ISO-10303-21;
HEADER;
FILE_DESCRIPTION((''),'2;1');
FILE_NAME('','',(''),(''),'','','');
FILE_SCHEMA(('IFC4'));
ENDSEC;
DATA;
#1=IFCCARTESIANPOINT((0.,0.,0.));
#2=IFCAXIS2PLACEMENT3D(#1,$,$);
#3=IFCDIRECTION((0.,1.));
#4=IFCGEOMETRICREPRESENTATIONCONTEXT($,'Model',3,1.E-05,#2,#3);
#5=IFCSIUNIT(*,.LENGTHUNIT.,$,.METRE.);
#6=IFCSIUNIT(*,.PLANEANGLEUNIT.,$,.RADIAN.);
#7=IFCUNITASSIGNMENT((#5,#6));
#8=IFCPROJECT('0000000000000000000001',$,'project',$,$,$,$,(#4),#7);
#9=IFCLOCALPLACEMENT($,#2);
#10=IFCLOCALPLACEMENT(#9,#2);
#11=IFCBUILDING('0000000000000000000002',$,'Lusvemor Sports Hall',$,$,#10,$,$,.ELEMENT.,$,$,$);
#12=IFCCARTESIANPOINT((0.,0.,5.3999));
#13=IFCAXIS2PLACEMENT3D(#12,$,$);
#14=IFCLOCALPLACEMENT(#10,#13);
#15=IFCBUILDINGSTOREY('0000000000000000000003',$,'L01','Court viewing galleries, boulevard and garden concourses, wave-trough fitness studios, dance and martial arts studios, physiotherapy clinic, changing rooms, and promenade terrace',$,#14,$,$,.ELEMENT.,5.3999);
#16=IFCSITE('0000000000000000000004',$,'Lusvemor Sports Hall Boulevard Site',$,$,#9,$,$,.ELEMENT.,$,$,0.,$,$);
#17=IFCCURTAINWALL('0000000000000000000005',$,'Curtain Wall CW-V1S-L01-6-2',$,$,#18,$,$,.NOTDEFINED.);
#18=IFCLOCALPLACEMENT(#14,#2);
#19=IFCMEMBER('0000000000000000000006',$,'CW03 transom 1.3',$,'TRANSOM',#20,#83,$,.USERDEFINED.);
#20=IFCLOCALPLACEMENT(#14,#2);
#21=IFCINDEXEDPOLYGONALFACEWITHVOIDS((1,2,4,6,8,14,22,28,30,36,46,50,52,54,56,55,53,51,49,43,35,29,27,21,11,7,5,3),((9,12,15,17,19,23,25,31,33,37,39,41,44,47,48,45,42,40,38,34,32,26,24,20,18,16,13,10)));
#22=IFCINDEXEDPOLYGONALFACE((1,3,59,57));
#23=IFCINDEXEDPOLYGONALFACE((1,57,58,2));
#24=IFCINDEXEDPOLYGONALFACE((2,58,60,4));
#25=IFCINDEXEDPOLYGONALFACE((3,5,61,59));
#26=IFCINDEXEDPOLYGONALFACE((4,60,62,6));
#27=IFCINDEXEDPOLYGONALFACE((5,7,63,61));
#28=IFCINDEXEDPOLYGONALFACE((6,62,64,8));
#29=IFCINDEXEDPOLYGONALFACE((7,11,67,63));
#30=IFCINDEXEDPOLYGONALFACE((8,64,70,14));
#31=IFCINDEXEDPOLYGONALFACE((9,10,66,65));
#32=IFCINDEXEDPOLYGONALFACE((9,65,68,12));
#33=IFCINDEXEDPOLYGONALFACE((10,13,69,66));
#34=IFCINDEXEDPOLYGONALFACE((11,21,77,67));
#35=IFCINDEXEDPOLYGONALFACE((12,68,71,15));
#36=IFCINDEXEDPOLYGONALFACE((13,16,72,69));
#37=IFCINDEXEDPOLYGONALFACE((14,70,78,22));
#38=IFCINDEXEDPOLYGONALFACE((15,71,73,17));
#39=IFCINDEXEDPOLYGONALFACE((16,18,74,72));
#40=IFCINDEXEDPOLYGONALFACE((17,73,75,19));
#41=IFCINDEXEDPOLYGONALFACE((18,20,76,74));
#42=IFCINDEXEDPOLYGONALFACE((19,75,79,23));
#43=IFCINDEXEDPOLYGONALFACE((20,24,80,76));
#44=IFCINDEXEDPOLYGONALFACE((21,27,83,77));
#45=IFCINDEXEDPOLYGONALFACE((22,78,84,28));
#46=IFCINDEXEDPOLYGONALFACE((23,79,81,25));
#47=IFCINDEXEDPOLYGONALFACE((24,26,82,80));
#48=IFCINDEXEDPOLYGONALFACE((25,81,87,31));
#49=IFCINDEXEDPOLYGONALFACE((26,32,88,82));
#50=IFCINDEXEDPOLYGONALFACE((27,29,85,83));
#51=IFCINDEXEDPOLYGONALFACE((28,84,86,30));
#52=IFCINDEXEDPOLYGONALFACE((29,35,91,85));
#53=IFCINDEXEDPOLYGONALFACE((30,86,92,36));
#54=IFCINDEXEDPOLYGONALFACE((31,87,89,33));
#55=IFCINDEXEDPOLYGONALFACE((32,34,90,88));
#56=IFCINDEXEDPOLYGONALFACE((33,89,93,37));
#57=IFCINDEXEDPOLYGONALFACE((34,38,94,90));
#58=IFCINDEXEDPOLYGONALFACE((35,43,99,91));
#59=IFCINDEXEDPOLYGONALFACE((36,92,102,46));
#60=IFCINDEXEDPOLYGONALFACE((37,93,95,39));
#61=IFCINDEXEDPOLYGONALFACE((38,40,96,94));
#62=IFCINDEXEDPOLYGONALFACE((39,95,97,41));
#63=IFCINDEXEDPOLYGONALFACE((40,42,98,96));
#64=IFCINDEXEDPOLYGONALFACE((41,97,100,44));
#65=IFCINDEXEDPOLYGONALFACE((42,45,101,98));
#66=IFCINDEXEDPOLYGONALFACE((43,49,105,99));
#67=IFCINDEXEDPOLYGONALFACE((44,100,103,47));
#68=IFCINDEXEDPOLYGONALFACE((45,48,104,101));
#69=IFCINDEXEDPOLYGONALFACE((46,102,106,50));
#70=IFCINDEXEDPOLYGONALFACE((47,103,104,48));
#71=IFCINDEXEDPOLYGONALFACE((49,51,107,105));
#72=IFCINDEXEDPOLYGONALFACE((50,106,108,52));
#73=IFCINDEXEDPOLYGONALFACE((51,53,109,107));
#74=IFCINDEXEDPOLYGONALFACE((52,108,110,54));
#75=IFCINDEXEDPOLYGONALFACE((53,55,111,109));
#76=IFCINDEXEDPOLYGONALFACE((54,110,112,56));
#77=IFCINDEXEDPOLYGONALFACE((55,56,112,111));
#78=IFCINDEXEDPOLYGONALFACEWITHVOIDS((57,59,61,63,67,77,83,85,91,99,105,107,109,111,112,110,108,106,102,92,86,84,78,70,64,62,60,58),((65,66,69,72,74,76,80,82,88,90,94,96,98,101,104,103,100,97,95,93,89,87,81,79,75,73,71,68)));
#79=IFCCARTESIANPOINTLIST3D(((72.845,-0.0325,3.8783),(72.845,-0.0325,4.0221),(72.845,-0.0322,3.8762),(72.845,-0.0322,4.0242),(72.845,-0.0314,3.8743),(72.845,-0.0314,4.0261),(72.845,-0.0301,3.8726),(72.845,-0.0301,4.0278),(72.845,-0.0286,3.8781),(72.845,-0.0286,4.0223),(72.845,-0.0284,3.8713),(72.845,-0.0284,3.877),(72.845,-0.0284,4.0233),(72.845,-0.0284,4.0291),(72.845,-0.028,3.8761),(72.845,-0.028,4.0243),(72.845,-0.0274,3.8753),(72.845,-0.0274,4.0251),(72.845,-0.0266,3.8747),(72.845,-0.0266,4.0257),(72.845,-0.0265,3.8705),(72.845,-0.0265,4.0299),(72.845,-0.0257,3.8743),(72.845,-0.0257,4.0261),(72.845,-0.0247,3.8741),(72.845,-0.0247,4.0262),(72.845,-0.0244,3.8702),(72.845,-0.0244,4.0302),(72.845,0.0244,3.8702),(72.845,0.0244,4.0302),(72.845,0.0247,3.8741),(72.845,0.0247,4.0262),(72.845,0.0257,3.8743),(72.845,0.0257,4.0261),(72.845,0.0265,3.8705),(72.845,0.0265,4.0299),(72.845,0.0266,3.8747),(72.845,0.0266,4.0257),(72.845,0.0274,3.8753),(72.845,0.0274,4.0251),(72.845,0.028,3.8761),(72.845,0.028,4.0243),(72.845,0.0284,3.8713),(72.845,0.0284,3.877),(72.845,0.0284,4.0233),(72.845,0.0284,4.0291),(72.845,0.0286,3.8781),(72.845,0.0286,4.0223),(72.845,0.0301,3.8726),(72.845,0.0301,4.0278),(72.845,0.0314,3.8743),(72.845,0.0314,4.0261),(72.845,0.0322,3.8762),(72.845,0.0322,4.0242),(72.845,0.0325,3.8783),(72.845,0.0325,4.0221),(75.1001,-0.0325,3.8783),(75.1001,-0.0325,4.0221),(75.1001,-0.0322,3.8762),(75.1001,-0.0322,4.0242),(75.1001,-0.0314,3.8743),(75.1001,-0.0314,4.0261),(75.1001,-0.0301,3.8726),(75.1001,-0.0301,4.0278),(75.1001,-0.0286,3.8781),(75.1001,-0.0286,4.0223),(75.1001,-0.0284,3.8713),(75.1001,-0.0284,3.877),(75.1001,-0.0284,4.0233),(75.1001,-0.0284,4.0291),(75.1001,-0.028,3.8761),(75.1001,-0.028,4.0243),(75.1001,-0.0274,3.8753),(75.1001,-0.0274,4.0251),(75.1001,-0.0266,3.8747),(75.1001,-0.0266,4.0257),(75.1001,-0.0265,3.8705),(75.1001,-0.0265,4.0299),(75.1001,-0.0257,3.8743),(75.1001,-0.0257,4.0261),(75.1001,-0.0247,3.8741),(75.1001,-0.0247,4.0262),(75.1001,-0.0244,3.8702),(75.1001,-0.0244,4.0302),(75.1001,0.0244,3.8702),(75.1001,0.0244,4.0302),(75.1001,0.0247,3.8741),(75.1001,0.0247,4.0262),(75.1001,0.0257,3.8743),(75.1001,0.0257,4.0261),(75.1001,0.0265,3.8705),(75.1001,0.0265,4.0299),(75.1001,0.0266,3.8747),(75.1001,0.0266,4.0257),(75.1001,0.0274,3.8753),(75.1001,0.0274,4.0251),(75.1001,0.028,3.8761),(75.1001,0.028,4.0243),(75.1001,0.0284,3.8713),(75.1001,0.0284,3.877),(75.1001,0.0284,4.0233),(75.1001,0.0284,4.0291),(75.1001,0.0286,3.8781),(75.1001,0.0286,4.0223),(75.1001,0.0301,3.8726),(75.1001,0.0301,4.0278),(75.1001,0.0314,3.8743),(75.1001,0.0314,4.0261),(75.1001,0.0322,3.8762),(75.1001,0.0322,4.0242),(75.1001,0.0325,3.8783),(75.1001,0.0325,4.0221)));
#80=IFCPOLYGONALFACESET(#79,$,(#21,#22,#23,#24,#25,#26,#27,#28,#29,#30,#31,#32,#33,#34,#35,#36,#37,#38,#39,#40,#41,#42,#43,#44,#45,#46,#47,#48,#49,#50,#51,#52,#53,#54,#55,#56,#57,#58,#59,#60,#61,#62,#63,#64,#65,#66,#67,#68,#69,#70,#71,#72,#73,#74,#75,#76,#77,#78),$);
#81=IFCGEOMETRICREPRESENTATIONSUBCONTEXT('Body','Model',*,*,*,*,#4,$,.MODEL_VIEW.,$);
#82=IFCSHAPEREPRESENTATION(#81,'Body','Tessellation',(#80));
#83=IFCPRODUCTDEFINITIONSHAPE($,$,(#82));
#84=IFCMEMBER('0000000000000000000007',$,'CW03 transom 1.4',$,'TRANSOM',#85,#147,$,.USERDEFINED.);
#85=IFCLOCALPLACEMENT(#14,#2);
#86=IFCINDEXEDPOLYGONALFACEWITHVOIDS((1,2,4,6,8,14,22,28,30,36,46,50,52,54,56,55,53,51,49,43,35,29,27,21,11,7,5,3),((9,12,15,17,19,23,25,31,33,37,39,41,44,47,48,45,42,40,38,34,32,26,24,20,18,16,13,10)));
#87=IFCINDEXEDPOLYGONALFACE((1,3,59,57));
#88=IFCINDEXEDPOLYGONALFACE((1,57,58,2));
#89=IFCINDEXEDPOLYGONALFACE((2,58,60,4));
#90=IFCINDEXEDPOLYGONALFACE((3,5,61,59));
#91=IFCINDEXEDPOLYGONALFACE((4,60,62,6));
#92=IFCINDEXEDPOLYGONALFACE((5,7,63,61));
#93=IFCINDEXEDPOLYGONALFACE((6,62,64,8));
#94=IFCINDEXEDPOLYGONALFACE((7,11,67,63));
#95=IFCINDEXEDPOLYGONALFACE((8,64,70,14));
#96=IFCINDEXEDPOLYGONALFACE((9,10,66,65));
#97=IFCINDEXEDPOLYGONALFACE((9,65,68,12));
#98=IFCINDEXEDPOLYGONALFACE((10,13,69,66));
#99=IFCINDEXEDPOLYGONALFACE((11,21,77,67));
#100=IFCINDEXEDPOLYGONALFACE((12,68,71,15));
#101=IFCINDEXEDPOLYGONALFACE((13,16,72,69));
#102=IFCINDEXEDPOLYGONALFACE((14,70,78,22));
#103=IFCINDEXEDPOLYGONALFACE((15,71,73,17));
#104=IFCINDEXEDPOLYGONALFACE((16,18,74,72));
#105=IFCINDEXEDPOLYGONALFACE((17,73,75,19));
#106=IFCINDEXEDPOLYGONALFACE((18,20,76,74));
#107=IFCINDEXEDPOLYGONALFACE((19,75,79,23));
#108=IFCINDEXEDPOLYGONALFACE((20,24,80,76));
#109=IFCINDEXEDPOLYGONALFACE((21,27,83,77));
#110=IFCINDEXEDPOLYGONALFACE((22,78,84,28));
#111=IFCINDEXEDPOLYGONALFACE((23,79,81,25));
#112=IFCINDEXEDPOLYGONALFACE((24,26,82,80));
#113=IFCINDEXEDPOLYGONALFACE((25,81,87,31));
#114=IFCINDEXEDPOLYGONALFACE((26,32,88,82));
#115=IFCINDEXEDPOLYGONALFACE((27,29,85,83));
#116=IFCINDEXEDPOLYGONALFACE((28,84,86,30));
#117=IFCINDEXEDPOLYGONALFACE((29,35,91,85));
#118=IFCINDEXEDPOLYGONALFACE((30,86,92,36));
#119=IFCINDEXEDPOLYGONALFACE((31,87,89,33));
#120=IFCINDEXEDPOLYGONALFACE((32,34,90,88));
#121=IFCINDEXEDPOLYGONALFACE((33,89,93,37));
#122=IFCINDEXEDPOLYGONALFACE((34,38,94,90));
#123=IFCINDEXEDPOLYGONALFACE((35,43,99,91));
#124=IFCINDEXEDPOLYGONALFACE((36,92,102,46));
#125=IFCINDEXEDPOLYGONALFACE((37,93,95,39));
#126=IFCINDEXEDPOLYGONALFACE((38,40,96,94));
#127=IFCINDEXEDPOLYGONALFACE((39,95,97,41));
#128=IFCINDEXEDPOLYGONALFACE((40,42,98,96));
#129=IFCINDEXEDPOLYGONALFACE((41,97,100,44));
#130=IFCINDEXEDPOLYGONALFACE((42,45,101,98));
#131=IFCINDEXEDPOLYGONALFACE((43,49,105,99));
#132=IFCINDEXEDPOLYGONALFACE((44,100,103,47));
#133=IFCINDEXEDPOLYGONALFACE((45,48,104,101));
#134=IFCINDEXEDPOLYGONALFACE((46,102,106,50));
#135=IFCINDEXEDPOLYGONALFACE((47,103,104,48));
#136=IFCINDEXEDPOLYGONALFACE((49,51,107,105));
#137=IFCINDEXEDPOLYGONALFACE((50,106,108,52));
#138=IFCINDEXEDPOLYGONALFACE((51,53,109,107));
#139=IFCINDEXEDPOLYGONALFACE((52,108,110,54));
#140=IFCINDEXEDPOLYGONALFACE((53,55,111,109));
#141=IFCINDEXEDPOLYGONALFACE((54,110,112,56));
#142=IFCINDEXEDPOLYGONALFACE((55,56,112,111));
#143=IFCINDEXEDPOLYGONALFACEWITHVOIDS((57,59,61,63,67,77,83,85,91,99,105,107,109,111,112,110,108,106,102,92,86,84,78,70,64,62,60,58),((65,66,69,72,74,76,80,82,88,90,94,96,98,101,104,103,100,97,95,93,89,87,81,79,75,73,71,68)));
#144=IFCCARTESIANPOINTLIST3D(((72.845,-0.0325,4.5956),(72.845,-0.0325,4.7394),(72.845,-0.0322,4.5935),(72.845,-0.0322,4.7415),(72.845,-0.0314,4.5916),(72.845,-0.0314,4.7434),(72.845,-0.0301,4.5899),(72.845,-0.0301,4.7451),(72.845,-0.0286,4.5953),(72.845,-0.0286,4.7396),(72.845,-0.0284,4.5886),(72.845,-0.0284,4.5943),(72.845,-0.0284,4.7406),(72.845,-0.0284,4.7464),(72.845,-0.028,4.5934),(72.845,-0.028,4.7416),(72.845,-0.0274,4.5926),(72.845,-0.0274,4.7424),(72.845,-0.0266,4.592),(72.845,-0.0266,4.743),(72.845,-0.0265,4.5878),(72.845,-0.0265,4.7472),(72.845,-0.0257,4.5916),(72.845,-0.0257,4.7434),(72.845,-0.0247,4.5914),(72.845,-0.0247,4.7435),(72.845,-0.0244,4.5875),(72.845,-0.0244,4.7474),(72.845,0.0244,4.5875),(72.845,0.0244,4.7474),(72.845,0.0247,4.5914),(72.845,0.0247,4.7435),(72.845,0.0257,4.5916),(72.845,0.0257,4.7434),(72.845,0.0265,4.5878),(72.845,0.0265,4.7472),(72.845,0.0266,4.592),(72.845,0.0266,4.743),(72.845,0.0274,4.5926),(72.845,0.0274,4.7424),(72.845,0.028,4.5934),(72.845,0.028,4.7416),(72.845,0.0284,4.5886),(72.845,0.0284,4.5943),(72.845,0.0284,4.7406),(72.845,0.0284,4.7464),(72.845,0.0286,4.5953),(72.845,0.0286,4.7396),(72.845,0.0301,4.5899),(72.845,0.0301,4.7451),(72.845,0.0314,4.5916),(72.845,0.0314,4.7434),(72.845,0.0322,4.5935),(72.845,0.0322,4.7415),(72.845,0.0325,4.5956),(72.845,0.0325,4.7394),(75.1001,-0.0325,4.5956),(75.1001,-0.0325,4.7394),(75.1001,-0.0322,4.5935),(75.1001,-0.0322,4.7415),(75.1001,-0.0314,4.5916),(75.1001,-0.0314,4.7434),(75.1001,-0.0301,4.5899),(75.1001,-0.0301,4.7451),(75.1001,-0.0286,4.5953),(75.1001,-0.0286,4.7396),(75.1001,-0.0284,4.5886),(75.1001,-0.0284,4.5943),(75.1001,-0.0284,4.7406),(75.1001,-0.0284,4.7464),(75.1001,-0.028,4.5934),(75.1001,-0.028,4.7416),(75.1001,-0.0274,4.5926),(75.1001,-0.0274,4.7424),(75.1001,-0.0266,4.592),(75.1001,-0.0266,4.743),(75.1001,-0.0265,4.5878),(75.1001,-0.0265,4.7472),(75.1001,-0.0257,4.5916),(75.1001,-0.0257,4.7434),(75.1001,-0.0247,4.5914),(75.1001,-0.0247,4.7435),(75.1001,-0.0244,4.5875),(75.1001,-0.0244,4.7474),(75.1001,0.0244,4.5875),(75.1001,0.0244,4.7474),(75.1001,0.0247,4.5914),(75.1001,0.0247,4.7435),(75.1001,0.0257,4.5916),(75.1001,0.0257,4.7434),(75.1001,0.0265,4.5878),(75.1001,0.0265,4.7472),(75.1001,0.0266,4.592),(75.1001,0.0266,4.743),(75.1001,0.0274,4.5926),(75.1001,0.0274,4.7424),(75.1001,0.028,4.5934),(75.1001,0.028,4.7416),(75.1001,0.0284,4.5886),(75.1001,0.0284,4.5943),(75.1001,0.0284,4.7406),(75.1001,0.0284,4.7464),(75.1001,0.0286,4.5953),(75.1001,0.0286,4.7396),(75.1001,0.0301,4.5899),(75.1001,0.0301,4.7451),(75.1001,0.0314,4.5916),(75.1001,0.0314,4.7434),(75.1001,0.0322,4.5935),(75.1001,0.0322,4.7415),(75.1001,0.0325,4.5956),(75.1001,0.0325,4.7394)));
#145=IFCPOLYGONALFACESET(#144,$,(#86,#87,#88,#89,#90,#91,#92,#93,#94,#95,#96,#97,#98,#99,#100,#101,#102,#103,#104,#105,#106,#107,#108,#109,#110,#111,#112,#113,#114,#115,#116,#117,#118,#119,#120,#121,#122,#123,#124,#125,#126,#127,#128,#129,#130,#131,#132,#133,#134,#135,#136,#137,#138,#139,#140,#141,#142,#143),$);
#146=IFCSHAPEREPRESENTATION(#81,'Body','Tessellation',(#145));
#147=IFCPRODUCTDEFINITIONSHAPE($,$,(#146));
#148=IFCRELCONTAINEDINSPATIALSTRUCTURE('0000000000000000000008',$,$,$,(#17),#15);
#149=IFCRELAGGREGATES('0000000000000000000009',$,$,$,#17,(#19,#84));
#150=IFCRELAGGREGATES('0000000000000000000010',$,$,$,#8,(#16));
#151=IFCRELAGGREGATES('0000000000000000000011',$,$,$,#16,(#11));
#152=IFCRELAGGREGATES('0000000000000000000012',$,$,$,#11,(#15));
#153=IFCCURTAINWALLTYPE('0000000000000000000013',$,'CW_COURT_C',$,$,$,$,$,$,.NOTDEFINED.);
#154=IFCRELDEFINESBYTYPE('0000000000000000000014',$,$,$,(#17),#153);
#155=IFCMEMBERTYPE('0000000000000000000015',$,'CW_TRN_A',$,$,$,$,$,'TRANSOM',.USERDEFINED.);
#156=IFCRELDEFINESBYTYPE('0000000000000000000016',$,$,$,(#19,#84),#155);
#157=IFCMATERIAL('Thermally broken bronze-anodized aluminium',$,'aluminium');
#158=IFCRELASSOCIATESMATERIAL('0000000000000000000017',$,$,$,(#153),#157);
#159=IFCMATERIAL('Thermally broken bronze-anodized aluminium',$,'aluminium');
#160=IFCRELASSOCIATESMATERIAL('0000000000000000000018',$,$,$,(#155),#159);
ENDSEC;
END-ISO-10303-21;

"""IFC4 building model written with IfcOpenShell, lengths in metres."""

from ifc_helpers import new_model, si_unit, direction, frame, origin, origin_2d, place, context, subcontext, project, spatial, hollow_rectangle, extrude, material, material_profile, profile_set, type_object, element, aggregate, save


model = new_model("IFC4")

# Units and contexts
model_context = context("Model", 3, precision=1e-05, world=origin(), true_north=direction((0.0, 1.0)))
body_context = subcontext(model_context, "Body", "Model", "MODEL_VIEW")
ifc_project = project(units=[si_unit("LENGTHUNIT", "METRE"), si_unit("PLANEANGLEUNIT", "RADIAN")], contexts=[model_context])

# Site, building, storey
site_placement = place(None, origin())
site = spatial("IfcSite", under=ifc_project, at=site_placement, Name="Lusvemor Sports Hall Boulevard Site", CompositionType="ELEMENT", RefElevation=0.0)
building_placement = place(site_placement, origin())
building = spatial("IfcBuilding", under=site, at=building_placement, Name="Lusvemor Sports Hall", CompositionType="ELEMENT")
storey_placement = place(building_placement, frame((0.0, 0.0, 5.3999)))
storey = spatial("IfcBuildingStorey", under=building, at=storey_placement, Name="L01", Description="Court viewing galleries, boulevard and garden concourses, wave-trough fitness studios, dance and martial arts studios, physiotherapy clinic, changing rooms, and promenade terrace", CompositionType="ELEMENT", Elevation=5.3999)

# Curtain wall, members
ifc_material_1 = material(Name="Thermally broken bronze-anodized aluminium", Category="aluminium")
curtain_wall_type = type_object("IfcCurtainWallType", Name="CW_COURT_C", PredefinedType="NOTDEFINED", material=ifc_material_1)
curtain_wall_placement = place(storey_placement, origin())
curtain_wall = element("IfcCurtainWall", 1, at=curtain_wall_placement, inside=storey, type_object=curtain_wall_type, Name="Curtain Wall CW-V1S-L01-6-2", PredefinedType="NOTDEFINED")
ifc_material_2 = material(Name="Thermally broken bronze-anodized aluminium", Category="aluminium")
ifc_material_profile_1 = material_profile(ifc_material_2, hollow_rectangle(XDim=0.0649, YDim=0.1599, WallThickness=0.0039, InnerFilletRadius=0.0039, OuterFilletRadius=0.0081, at=origin_2d()), Name="CWTRN160x65x4")
ifc_profile_set_1 = profile_set([ifc_material_profile_1], Name="Thermally broken bronze-anodized aluminium")
member_type_1 = type_object("IfcMemberType", Name="CW_TRN_A", ElementType="TRANSOM", PredefinedType="USERDEFINED", material=ifc_profile_set_1)
member_1_placement = place(storey_placement, frame((75.1001, 0.0, 3.9502), z_axis=(-1.0, 0.0, 0.0), x_axis=(0.0, -1.0, 0.0)))
member_1 = element("IfcMember", 2, at=member_1_placement, type_object=member_type_1, Name="CW03 transom 1.3", ObjectType="TRANSOM", PredefinedType="USERDEFINED", context=body_context, shape_type="SweptSolid", body=[
    extrude(hollow_rectangle(XDim=0.0649, YDim=0.1599, WallThickness=0.0039, InnerFilletRadius=0.0039, OuterFilletRadius=0.0081, at=origin_2d()), origin(), (0.0, 0.0, 1.0), 2.2551),
])
member_2_placement = place(storey_placement, frame((75.1001, 0.0, 4.6675), z_axis=(-1.0, 0.0, 0.0), x_axis=(0.0, -1.0, 0.0)))
member_2 = element("IfcMember", 3, at=member_2_placement, type_object=member_type_1, Name="CW03 transom 1.4", ObjectType="TRANSOM", PredefinedType="USERDEFINED", context=body_context, shape_type="SweptSolid", body=[
    extrude(hollow_rectangle(XDim=0.0649, YDim=0.1599, WallThickness=0.0039, InnerFilletRadius=0.0039, OuterFilletRadius=0.0081, at=origin_2d()), origin(), (0.0, 0.0, 1.0), 2.2551),
])

aggregate(curtain_wall, [member_1, member_2])

save(model, "model.ifc")
